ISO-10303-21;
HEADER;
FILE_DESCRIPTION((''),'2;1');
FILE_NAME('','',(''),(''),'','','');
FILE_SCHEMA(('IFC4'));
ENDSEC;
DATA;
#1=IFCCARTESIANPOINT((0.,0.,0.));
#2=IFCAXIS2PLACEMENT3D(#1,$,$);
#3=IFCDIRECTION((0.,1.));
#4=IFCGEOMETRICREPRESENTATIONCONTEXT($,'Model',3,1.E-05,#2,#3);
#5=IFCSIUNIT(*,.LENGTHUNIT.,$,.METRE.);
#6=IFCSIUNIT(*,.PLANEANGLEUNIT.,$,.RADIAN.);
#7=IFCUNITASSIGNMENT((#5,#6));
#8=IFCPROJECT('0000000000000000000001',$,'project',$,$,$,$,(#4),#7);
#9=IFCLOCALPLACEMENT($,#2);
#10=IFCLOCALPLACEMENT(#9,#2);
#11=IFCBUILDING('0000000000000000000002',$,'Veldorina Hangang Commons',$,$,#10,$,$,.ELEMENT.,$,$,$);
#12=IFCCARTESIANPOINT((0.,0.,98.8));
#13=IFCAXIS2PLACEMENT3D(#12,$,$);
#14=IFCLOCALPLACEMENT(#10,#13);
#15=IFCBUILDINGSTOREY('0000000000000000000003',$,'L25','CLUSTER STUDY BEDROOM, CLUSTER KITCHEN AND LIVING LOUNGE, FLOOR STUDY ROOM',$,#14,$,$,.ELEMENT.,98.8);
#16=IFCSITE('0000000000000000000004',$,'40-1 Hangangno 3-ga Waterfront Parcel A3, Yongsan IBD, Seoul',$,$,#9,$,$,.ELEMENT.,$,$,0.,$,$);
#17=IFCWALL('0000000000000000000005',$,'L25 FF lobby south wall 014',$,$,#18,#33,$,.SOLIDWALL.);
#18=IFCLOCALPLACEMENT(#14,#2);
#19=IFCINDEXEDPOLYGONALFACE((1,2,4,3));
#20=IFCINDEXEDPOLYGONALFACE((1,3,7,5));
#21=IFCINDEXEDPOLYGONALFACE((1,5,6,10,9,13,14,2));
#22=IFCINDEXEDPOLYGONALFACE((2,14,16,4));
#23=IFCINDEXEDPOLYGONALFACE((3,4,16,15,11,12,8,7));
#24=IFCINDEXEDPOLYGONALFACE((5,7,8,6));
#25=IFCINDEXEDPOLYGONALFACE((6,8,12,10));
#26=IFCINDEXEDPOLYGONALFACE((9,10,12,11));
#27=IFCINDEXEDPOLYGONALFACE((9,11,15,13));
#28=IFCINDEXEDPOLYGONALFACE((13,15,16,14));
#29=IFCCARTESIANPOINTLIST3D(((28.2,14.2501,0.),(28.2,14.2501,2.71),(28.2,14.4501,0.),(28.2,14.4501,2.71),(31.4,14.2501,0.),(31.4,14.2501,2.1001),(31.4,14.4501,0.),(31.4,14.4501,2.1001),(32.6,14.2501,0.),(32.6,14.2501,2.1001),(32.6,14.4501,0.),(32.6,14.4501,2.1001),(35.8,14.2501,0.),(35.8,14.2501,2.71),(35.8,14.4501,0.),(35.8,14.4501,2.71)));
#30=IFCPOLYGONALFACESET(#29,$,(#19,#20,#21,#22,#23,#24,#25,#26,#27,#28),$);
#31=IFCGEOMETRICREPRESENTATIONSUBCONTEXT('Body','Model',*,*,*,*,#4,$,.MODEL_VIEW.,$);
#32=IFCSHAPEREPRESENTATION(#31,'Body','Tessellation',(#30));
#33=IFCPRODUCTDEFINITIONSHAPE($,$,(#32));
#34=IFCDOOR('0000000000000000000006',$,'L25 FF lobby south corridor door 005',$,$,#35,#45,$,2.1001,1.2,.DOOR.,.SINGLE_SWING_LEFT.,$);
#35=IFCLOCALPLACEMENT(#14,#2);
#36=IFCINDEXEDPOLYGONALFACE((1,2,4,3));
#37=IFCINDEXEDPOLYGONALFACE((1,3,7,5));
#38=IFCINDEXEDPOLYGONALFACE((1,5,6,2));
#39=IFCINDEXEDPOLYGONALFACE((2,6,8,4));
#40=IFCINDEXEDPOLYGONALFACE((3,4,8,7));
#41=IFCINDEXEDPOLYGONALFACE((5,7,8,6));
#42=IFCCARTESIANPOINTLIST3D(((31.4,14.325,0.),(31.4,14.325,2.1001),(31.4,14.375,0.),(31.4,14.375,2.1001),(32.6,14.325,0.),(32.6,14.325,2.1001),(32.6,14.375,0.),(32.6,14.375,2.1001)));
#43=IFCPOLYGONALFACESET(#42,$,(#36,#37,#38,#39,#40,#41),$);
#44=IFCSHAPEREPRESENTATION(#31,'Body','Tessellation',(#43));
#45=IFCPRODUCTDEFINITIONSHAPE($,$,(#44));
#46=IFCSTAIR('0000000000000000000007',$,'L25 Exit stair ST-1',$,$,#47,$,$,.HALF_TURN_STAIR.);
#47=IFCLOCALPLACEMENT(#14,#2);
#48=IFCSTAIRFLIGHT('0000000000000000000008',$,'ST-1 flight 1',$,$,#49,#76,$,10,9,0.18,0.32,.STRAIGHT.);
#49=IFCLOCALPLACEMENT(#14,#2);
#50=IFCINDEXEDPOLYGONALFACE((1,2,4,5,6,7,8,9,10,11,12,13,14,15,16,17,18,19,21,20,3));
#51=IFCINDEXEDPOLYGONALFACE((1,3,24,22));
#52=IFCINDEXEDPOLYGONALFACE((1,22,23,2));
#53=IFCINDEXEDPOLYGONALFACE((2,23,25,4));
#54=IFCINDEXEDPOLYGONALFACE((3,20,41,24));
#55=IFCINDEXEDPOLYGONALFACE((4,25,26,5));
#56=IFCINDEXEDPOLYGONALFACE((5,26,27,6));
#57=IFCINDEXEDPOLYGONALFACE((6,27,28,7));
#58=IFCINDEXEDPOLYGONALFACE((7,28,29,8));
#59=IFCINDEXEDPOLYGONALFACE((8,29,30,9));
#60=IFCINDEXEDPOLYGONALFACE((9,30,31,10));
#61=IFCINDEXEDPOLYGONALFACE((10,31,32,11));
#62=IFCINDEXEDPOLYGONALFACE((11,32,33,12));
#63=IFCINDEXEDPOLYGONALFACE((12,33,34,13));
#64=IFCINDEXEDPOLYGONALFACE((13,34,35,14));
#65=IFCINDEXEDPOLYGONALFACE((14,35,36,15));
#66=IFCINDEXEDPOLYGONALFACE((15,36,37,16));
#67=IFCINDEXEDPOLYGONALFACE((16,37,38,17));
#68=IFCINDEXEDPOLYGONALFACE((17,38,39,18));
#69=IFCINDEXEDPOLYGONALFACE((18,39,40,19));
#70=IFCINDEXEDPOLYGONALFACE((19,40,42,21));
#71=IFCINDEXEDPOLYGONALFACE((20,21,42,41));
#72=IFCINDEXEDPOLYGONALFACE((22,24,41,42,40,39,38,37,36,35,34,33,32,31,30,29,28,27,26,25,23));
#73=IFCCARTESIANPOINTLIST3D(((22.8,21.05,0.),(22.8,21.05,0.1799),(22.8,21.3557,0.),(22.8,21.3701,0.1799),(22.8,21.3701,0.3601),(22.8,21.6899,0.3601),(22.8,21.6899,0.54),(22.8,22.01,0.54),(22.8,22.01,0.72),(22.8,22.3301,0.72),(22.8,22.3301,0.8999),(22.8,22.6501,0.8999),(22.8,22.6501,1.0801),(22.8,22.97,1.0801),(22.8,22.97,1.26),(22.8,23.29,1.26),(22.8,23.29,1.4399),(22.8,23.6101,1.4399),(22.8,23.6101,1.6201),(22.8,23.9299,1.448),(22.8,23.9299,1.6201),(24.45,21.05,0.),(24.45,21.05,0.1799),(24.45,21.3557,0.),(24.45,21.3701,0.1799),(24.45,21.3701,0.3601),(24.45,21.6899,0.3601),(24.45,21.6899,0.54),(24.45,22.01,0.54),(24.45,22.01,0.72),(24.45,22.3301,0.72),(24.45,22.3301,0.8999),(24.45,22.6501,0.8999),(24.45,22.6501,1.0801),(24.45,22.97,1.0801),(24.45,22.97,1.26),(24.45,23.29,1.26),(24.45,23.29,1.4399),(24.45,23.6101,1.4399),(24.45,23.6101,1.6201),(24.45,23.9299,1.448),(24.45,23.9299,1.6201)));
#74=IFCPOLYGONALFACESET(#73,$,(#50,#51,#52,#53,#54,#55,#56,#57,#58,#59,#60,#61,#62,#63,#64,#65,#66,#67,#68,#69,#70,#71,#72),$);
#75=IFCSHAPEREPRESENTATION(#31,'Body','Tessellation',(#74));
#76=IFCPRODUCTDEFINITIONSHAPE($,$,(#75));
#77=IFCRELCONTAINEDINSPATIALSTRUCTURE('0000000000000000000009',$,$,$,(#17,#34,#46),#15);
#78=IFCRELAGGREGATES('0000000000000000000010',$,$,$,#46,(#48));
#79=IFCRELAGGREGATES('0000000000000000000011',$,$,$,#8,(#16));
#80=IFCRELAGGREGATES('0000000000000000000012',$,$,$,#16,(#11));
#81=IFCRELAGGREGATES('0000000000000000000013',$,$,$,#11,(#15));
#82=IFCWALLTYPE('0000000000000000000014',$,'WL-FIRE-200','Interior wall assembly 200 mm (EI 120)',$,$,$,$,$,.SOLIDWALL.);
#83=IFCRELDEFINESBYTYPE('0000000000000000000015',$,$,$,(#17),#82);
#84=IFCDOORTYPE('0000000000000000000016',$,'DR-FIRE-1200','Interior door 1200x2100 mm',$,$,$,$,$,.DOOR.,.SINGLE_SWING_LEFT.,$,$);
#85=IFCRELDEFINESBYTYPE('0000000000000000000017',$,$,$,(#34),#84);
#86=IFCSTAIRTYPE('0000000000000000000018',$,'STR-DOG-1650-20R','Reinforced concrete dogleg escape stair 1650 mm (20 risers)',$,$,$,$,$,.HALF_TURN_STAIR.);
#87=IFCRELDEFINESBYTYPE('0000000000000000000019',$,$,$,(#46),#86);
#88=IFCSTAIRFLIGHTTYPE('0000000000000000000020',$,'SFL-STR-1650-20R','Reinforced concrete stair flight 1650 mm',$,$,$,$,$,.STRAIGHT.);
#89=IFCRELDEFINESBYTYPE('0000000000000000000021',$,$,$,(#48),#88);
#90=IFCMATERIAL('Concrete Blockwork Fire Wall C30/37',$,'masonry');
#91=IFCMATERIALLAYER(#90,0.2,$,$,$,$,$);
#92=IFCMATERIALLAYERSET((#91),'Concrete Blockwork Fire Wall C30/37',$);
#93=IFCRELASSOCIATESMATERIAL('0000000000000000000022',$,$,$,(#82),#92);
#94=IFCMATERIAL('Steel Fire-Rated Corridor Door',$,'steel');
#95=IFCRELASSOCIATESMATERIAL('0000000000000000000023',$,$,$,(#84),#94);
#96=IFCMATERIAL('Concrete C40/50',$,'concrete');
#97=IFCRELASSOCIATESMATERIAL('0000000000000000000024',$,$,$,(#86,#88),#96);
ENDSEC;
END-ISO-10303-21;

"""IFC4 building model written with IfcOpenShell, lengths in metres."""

from ifc_helpers import new_model, si_unit, direction, frame, frame_2d, origin, place, context, subcontext, project, spatial, polyline, rectangle, outline, extrude, material, layer, layer_set, type_object, element, fill, aggregate, save


model = new_model("IFC4")

# Units and contexts
model_context = context("Model", 3, precision=1e-05, world=origin(), true_north=direction((0.0, 1.0)))
body_context = subcontext(model_context, "Body", "Model", "MODEL_VIEW")
ifc_project = project(units=[si_unit("LENGTHUNIT", "METRE"), si_unit("PLANEANGLEUNIT", "RADIAN")], contexts=[model_context])

# Site, building, storey
site_placement = place(None, origin())
site = spatial("IfcSite", under=ifc_project, at=site_placement, Name="40-1 Hangangno 3-ga Waterfront Parcel A3, Yongsan IBD, Seoul", CompositionType="ELEMENT", RefElevation=0.0)
building_placement = place(site_placement, origin())
building = spatial("IfcBuilding", under=site, at=building_placement, Name="Veldorina Hangang Commons", CompositionType="ELEMENT")
storey_placement = place(building_placement, frame((0.0, 0.0, 98.8)))
storey = spatial("IfcBuildingStorey", under=building, at=storey_placement, Name="L25", Description="CLUSTER STUDY BEDROOM, CLUSTER KITCHEN AND LIVING LOUNGE, FLOOR STUDY ROOM", CompositionType="ELEMENT", Elevation=98.8)

# Shared definitions
ifc_material_1 = material(Name="Concrete Blockwork Fire Wall C30/37", Category="masonry")
ifc_layer_1 = layer(ifc_material_1, 0.2)
ifc_layer_set_1 = layer_set([ifc_layer_1], Name="Concrete Blockwork Fire Wall C30/37")
wall_type_1 = type_object("IfcWallType", Name="WL-FIRE-200", Description="Interior wall assembly 200 mm (EI 120)", PredefinedType="SOLIDWALL", material=ifc_layer_set_1)

# Wall, opening, door
wall_1_placement = place(storey_placement, frame((28.2, 14.3501, 0.0), z_axis=(0.0, 0.0, 1.0), x_axis=(1.0, 0.0, 0.0)))
wall_1 = element("IfcWall", 1, at=wall_1_placement, inside=storey, type_object=wall_type_1, Name="L25 FF lobby south wall 014", PredefinedType="SOLIDWALL", context=body_context, shape_type="SweptSolid", body=[
    extrude(rectangle(XDim=7.6001, YDim=0.2, at=frame_2d((3.8, 0.0))), origin(), (0.0, 0.0, 1.0), 2.71),
])
opening_1_placement = place(wall_1_placement, frame((3.2, 0.0, 0.0)))
opening_1 = element("IfcOpeningElement", 2, at=opening_1_placement, cuts=wall_1, PredefinedType="OPENING", context=body_context, shape_type="SweptSolid", body=[
    extrude(rectangle(XDim=1.2, YDim=2.1001, at=frame_2d((0.6001, 1.05))), frame((0.0, 0.1099, 0.0), z_axis=(0.0, -1.0, 0.0), x_axis=(1.0, 0.0, 0.0)), (0.0, 0.0, 1.0), 0.22),
])
ifc_material_2 = material(Name="Steel Fire-Rated Corridor Door", Category="steel")
door_type_1 = type_object("IfcDoorType", Name="DR-FIRE-1200", Description="Interior door 1200x2100 mm", OperationType="SINGLE_SWING_LEFT", PredefinedType="DOOR", material=ifc_material_2)
door_1_placement = place(opening_1_placement, origin())
door_1 = element("IfcDoor", 3, at=door_1_placement, inside=storey, type_object=door_type_1, Name="L25 FF lobby south corridor door 005", OperationType="SINGLE_SWING_LEFT", OverallHeight=2.1001, OverallWidth=1.2, PredefinedType="DOOR", context=body_context, shape_type="SweptSolid", body=[
    extrude(rectangle(XDim=1.2, YDim=2.1001, at=frame_2d((0.6001, 1.05))), frame((0.0, 0.0249, 0.0), z_axis=(0.0, -1.0, 0.0), x_axis=(1.0, 0.0, 0.0)), (0.0, 0.0, 1.0), 0.05),
])
fill(opening_1, door_1)

# Stair, stair flight
ifc_material_3 = material(Name="Concrete C40/50", Category="concrete")
stair_type = type_object("IfcStairType", Name="STR-DOG-1650-20R", Description="Reinforced concrete dogleg escape stair 1650 mm (20 risers)", PredefinedType="HALF_TURN_STAIR", material=ifc_material_3)
stair_placement = place(storey_placement, origin())
stair = element("IfcStair", 4, at=stair_placement, inside=storey, type_object=stair_type, Name="L25 Exit stair ST-1", PredefinedType="HALF_TURN_STAIR")
stair_flight_type = type_object("IfcStairFlightType", Name="SFL-STR-1650-20R", Description="Reinforced concrete stair flight 1650 mm", PredefinedType="STRAIGHT", material=ifc_material_3)
stair_flight_placement = place(storey_placement, frame((23.625, 21.05, 0.0), z_axis=(0.0, 0.0, 1.0), x_axis=(0.0, 1.0, 0.0)))
stair_flight = element("IfcStairFlight", 5, at=stair_flight_placement, type_object=stair_flight_type, Name="ST-1 flight 1", NumberOfRisers=10, NumberOfTreads=9, PredefinedType="STRAIGHT", RiserHeight=0.18, TreadLength=0.32, context=body_context, shape_type="SweptSolid", body=[
    extrude(outline(polyline([(0.0, 0.0), (0.0, 0.1799), (0.3201, 0.1799), (0.3201, 0.3601), (0.6399, 0.3601), (0.6399, 0.54), (0.96, 0.54), (0.96, 0.72), (1.28, 0.72), (1.28, 0.8999), (1.6001, 0.8999), (1.6001, 1.0801), (1.9199, 1.0801), (1.9199, 1.26), (2.24, 1.26), (2.24, 1.4399), (2.5601, 1.4399), (2.5601, 1.6201), (2.8799, 1.6201), (2.8799, 1.8), (2.8799, 1.448), (0.3057, 0.0), (0.0, 0.0)])), frame((0.0, 0.825, 0.0), z_axis=(0.0, -1.0, 0.0), x_axis=(1.0, 0.0, 0.0)), (0.0, 0.0, 1.0), 1.6499),
])
aggregate(stair, [stair_flight])

save(model, "model.ifc")
